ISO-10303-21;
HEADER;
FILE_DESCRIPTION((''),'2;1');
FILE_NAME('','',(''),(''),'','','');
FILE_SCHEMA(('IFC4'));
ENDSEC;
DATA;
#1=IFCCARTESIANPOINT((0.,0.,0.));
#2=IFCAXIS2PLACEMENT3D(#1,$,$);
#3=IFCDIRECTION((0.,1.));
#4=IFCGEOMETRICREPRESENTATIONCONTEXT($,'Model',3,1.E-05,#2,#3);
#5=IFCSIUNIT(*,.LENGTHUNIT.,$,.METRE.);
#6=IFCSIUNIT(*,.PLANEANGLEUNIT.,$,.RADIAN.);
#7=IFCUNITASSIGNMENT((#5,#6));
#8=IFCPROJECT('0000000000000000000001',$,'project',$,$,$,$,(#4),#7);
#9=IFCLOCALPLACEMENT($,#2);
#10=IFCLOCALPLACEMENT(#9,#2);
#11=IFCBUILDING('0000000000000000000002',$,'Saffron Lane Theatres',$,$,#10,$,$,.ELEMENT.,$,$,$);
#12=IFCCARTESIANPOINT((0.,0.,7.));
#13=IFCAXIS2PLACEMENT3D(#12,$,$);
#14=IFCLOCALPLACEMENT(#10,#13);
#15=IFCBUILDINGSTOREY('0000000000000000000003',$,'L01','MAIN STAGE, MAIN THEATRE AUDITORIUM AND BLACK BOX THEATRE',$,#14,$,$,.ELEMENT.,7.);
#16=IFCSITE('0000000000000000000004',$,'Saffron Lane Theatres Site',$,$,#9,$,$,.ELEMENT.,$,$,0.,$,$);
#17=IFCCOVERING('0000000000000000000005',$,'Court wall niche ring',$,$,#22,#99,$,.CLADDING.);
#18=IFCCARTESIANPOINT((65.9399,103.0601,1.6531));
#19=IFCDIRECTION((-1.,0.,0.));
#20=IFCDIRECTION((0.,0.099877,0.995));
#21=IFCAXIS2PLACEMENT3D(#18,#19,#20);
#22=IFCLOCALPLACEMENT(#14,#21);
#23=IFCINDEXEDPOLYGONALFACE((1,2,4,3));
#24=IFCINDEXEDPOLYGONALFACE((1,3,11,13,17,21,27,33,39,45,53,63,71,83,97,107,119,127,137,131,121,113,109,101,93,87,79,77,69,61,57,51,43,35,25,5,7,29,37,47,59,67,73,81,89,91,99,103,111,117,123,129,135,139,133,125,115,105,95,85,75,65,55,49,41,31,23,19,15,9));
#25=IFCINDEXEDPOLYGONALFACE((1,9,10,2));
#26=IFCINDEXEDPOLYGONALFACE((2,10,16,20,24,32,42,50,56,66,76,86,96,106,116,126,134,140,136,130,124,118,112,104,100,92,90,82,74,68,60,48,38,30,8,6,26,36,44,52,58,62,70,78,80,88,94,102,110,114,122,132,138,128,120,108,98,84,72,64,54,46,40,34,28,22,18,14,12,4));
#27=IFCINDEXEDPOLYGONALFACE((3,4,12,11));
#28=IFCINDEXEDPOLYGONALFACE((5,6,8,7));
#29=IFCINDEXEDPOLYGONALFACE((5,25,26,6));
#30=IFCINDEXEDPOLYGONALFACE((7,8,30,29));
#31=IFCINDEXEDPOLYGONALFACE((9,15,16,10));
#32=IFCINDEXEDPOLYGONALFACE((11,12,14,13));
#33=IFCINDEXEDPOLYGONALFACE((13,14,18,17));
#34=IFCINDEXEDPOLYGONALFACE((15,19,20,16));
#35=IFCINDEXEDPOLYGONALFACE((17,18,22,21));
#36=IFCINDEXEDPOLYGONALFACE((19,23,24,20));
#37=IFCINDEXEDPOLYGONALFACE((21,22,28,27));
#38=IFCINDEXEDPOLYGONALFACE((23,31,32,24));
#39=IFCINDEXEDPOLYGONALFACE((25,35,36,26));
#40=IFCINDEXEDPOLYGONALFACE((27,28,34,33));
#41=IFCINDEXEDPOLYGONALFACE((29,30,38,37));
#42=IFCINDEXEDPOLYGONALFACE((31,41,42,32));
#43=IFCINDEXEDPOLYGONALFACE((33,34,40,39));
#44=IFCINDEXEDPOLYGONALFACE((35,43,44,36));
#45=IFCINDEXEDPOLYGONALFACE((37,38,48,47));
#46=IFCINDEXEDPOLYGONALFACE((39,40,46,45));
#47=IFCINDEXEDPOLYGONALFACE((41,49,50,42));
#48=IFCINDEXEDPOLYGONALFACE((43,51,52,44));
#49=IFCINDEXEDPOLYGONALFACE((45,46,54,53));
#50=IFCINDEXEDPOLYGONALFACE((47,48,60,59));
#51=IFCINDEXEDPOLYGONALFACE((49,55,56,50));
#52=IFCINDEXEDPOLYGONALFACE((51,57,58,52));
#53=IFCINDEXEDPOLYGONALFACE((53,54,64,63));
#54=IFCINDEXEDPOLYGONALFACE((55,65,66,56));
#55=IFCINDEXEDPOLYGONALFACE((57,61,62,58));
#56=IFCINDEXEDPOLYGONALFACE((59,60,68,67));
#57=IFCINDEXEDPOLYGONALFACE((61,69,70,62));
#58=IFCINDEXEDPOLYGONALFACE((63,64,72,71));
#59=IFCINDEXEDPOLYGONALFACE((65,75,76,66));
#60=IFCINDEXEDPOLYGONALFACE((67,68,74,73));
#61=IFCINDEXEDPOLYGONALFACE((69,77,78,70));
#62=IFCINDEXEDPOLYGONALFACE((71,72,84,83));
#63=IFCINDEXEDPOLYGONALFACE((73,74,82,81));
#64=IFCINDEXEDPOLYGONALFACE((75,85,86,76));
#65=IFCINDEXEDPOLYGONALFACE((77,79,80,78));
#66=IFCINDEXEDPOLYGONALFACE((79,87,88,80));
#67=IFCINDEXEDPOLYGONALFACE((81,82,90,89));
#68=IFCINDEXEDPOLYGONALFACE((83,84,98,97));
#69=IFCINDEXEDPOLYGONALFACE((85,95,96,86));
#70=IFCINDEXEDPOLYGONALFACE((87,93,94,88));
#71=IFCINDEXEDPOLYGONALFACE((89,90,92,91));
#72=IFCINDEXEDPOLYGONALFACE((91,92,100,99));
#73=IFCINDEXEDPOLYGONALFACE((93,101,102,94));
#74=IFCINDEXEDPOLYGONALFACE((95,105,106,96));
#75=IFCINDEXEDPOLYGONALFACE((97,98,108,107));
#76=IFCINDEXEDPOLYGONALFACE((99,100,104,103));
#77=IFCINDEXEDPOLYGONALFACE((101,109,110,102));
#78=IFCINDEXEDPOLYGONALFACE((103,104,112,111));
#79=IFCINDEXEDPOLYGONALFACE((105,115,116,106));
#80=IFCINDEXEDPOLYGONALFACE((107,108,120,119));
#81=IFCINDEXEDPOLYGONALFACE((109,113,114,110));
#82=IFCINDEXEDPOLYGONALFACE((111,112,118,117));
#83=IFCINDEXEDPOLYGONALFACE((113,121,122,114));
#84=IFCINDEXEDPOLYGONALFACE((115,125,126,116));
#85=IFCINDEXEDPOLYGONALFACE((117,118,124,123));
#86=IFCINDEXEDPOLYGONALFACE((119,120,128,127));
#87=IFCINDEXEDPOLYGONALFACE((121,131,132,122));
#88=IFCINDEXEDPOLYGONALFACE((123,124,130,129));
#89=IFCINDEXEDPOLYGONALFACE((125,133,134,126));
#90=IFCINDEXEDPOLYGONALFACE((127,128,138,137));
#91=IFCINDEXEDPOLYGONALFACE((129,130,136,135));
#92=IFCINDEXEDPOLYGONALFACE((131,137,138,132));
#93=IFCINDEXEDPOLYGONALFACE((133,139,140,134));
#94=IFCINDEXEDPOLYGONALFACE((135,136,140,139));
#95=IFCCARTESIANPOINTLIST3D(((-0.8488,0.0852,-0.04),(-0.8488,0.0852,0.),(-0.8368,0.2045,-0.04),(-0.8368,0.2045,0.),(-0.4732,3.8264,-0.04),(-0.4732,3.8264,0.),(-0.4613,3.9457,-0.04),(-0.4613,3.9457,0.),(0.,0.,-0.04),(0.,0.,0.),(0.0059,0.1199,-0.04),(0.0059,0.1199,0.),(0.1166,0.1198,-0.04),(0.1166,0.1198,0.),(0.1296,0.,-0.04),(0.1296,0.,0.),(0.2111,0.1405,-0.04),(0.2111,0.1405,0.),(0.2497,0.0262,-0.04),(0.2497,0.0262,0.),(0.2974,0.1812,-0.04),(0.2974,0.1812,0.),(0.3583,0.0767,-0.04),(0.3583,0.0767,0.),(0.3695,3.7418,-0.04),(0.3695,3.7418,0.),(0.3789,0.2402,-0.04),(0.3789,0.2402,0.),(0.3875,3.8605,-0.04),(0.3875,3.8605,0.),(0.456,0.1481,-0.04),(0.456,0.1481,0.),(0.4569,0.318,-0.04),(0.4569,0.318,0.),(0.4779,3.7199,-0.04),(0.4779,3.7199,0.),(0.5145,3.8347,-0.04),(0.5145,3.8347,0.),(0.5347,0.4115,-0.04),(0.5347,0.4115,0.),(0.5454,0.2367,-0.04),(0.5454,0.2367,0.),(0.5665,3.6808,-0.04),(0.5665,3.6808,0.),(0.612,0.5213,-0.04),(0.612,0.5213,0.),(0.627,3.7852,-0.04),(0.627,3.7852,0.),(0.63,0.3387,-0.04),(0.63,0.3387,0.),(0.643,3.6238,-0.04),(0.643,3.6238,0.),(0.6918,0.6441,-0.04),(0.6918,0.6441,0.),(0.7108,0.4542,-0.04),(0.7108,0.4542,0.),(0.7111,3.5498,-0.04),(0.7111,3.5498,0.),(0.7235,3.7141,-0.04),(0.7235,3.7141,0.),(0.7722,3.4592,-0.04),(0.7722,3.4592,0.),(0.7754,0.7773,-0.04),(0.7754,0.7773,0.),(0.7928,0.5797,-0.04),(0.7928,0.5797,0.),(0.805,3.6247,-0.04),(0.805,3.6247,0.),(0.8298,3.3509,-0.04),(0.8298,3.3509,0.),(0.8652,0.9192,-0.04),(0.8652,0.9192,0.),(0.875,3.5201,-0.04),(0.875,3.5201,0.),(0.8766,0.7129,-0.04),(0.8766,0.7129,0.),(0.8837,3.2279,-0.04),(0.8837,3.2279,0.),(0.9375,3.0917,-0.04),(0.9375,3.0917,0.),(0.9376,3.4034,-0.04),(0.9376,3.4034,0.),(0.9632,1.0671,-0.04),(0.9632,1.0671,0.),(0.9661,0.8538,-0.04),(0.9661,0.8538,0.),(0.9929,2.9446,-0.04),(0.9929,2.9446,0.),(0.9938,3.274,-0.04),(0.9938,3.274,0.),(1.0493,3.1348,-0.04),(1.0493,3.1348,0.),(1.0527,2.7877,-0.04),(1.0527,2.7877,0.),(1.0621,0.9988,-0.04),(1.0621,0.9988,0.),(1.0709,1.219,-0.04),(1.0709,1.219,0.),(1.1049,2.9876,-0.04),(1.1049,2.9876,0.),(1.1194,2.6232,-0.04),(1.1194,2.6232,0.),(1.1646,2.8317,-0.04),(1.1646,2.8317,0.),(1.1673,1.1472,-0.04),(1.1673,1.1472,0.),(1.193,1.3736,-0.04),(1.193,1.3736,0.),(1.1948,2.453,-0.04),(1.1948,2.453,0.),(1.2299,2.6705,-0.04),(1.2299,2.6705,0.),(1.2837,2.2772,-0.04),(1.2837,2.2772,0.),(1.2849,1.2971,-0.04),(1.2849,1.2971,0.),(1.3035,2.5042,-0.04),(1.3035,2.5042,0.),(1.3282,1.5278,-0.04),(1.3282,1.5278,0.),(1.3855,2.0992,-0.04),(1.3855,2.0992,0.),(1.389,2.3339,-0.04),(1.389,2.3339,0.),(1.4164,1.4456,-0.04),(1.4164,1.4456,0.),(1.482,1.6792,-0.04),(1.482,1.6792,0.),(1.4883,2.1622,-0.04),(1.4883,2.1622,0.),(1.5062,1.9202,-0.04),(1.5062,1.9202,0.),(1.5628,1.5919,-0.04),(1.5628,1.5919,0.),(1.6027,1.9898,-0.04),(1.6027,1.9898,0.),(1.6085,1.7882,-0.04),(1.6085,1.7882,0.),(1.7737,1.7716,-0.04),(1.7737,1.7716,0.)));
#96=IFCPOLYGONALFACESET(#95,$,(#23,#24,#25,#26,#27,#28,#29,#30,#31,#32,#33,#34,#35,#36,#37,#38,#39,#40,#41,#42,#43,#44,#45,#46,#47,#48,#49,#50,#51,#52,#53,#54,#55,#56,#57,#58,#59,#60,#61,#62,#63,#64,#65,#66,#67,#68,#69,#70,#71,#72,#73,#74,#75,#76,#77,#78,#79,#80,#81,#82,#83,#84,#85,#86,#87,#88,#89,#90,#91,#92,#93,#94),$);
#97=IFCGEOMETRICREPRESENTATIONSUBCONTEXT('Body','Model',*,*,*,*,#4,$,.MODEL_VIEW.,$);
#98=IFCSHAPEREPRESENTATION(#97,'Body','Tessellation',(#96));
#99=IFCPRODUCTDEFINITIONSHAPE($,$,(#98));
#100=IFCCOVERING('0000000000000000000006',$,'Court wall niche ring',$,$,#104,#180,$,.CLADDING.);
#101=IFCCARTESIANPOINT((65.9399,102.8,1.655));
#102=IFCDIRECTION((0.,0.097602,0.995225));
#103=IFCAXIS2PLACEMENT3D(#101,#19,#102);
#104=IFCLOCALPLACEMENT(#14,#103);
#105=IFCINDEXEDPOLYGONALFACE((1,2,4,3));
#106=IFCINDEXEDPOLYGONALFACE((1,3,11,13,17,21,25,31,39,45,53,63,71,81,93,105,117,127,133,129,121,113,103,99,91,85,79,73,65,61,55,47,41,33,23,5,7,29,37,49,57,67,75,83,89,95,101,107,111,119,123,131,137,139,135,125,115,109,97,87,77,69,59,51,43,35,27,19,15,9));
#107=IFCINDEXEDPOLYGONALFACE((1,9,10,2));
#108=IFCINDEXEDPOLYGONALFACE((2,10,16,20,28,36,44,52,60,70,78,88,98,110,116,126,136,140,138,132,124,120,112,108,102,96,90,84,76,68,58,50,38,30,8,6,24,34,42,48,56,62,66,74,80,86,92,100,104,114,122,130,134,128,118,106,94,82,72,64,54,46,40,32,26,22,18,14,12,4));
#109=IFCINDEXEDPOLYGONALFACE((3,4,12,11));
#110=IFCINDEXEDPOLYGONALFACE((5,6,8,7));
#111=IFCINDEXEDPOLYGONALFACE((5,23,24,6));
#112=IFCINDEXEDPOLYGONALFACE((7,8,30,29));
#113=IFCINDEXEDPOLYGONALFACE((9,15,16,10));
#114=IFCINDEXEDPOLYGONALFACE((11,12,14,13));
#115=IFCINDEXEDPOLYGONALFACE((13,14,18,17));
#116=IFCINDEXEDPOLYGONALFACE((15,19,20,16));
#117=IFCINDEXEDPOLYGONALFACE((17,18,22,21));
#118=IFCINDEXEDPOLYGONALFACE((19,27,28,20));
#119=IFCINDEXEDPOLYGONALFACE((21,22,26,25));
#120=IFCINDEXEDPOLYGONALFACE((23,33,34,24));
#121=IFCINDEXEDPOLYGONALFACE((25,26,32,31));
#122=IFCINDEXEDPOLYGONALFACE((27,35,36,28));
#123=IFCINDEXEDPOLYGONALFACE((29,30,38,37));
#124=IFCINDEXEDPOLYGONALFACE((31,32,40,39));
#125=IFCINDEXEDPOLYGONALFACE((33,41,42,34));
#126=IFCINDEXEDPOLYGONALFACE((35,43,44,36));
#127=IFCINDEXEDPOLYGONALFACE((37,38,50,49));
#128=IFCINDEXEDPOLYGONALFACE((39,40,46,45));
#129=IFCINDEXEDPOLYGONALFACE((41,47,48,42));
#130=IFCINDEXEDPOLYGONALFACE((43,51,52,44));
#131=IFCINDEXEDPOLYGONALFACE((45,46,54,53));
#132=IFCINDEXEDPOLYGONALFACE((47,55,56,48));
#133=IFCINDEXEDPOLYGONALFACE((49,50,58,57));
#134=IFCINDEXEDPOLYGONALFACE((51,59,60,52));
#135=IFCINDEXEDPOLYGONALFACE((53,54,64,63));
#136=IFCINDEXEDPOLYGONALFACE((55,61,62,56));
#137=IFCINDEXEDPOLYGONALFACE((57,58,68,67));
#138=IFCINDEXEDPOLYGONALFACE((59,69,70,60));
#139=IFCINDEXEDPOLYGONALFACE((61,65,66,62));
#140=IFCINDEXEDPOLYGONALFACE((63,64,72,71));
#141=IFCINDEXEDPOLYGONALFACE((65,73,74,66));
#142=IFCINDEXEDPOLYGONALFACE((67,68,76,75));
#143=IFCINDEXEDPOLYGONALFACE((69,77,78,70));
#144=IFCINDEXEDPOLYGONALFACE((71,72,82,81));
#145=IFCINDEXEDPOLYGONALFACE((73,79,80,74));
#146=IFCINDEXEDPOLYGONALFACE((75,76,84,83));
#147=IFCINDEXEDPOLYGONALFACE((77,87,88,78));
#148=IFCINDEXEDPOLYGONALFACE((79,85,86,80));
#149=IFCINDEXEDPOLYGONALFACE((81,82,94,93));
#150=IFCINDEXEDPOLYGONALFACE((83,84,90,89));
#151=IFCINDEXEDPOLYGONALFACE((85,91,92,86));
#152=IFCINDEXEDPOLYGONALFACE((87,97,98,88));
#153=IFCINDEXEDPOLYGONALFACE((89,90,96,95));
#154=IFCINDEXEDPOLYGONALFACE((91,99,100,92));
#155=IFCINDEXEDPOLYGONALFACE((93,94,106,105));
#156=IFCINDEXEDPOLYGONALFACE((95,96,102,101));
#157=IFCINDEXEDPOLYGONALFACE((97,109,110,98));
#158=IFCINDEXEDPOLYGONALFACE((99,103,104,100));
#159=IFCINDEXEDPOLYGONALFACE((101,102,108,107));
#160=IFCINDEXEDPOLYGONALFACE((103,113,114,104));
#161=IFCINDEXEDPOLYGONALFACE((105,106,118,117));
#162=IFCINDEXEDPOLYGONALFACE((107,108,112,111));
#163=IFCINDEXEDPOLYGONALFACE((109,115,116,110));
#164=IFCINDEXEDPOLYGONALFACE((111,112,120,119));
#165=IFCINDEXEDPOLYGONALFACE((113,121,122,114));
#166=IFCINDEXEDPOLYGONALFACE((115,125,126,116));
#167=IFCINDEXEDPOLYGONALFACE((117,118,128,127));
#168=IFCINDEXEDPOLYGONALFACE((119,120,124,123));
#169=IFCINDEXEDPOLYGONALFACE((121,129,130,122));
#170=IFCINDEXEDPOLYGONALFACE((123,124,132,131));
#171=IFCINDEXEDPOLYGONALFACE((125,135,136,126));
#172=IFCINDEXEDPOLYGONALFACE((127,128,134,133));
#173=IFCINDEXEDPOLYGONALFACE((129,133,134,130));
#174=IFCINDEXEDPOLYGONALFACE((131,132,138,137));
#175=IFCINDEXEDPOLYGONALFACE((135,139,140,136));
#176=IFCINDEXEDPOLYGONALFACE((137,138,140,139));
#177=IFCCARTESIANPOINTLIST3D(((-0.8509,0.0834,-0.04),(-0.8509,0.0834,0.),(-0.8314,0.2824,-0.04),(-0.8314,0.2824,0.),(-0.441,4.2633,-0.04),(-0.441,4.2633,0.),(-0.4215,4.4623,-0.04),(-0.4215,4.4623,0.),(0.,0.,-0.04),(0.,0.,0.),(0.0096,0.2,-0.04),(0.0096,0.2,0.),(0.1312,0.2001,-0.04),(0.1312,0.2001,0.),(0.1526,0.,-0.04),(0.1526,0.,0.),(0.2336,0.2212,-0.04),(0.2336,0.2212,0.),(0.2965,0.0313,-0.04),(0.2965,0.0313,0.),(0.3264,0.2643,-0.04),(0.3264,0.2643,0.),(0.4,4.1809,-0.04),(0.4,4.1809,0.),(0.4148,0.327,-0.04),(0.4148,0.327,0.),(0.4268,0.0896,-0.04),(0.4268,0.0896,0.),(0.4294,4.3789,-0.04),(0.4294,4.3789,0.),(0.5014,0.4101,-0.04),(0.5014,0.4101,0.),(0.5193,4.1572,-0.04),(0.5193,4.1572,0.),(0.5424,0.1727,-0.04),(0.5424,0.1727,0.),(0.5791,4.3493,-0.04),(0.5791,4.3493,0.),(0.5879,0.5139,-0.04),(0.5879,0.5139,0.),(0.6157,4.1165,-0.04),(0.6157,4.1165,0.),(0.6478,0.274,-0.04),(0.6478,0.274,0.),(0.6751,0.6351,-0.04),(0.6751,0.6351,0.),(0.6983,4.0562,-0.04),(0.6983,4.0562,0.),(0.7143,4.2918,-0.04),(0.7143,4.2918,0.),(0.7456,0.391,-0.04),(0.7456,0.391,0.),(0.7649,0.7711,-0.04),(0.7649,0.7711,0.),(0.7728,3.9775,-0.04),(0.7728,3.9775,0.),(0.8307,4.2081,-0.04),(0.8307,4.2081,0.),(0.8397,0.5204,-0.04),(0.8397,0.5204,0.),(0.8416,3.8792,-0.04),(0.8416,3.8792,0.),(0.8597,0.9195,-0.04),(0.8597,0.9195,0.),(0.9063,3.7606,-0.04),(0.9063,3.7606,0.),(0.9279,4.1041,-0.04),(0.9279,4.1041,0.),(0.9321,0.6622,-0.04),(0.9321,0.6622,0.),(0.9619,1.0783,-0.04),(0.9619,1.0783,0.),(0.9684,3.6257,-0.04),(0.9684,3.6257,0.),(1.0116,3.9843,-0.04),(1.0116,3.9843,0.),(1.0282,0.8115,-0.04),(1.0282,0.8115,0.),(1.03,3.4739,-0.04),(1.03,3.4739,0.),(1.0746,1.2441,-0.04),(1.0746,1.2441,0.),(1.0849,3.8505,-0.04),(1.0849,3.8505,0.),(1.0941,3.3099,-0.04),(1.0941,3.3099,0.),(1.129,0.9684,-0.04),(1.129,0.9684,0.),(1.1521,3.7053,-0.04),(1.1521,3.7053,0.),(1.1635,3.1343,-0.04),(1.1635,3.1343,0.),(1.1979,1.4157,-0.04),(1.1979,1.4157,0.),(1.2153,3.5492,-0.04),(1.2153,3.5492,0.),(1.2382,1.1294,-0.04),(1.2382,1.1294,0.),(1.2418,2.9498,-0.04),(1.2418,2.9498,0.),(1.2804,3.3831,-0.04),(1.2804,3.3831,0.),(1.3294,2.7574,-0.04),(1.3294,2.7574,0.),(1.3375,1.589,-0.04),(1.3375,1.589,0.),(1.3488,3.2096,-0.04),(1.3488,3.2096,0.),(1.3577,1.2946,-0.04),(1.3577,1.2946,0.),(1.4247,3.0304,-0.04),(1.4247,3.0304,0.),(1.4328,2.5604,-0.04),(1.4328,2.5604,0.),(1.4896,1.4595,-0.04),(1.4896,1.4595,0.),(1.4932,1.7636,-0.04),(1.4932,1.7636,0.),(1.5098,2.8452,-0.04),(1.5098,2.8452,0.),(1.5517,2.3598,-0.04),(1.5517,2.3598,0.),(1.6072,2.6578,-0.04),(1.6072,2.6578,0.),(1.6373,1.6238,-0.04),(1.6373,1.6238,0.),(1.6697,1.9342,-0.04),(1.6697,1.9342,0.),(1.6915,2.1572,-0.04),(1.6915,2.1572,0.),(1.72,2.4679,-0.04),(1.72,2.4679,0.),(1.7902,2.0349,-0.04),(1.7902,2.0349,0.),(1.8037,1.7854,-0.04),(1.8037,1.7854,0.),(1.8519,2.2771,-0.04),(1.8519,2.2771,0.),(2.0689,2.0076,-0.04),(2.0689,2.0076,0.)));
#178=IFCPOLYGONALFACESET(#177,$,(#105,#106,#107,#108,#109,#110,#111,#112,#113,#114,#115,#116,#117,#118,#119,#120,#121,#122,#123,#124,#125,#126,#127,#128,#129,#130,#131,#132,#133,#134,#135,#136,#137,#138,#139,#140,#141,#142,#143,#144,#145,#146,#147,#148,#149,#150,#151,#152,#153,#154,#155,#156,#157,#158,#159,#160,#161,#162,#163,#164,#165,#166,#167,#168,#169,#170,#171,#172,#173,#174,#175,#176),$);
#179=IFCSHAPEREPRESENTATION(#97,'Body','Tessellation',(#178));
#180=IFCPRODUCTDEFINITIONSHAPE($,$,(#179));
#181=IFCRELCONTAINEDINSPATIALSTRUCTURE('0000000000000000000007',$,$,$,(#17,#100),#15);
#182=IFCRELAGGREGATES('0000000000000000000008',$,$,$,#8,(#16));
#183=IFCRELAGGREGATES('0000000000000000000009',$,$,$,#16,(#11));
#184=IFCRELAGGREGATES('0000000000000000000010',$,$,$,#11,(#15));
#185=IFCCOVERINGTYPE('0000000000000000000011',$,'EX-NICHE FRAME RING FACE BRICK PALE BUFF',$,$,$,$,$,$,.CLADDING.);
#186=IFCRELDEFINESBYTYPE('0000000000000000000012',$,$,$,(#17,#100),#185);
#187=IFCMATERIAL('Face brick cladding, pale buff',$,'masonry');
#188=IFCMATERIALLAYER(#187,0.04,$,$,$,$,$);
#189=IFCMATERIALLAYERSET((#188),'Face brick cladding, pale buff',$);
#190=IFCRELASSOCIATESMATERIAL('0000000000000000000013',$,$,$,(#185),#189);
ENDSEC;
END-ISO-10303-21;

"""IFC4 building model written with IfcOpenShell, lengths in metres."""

from ifc_helpers import new_model, si_unit, direction, frame, origin, place, context, subcontext, project, spatial, polyline, outline, extrude, material, layer, layer_set, type_object, element, save


model = new_model("IFC4")

# Units and contexts
model_context = context("Model", 3, precision=1e-05, world=origin(), true_north=direction((0.0, 1.0)))
body_context = subcontext(model_context, "Body", "Model", "MODEL_VIEW")
ifc_project = project(units=[si_unit("LENGTHUNIT", "METRE"), si_unit("PLANEANGLEUNIT", "RADIAN")], contexts=[model_context])

# Site, building, storey
site_placement = place(None, origin())
site = spatial("IfcSite", under=ifc_project, at=site_placement, Name="Saffron Lane Theatres Site", CompositionType="ELEMENT", RefElevation=0.0)
building_placement = place(site_placement, origin())
building = spatial("IfcBuilding", under=site, at=building_placement, Name="Saffron Lane Theatres", CompositionType="ELEMENT")
storey_placement = place(building_placement, frame((0.0, 0.0, 7.0)))
storey = spatial("IfcBuildingStorey", under=building, at=storey_placement, Name="L01", Description="MAIN STAGE, MAIN THEATRE AUDITORIUM AND BLACK BOX THEATRE", CompositionType="ELEMENT", Elevation=7.0)

# Coverings
ifc_material_1 = material(Name="Face brick cladding, pale buff", Category="masonry")
ifc_layer_1 = layer(ifc_material_1, 0.04)
ifc_layer_set_1 = layer_set([ifc_layer_1], Name="Face brick cladding, pale buff")
covering_type_1 = type_object("IfcCoveringType", Name="EX-NICHE FRAME RING FACE BRICK PALE BUFF", PredefinedType="CLADDING", material=ifc_layer_set_1)
covering_1_placement = place(storey_placement, frame((65.9399, 103.0601, 1.6531), z_axis=(-1.0, 0.0, 0.0), x_axis=(0.0, 0.099877, 0.995)))
element("IfcCovering", 1, at=covering_1_placement, inside=storey, type_object=covering_type_1, Name="Court wall niche ring", PredefinedType="CLADDING", context=body_context, shape_type="SweptSolid", body=[
    extrude(outline(polyline([(0.0, 0.0), (0.1296, 0.0), (0.2497, 0.0262), (0.3583, 0.0767), (0.456, 0.1481), (0.5454, 0.2367), (0.63, 0.3387), (0.7108, 0.4542), (0.7928, 0.5797), (0.8766, 0.7129), (0.9661, 0.8538), (1.0621, 0.9988), (1.1673, 1.1472), (1.2849, 1.2971), (1.4164, 1.4456), (1.5628, 1.5919), (1.7737, 1.7716), (1.6027, 1.9898), (1.4883, 2.1622), (1.389, 2.3339), (1.3035, 2.5042), (1.2299, 2.6705), (1.1646, 2.8317), (1.1049, 2.9876), (1.0493, 3.1348), (0.9938, 3.274), (0.9376, 3.4034), (0.875, 3.5201), (0.805, 3.6247), (0.7235, 3.7141), (0.627, 3.7852), (0.5145, 3.8347), (0.3875, 3.8605), (-0.4613, 3.9457), (-0.4732, 3.8264), (0.3695, 3.7418), (0.4779, 3.7199), (0.5665, 3.6808), (0.643, 3.6238), (0.7111, 3.5498), (0.7722, 3.4592), (0.8298, 3.3509), (0.8837, 3.2279), (0.9375, 3.0917), (0.9929, 2.9446), (1.0527, 2.7877), (1.1194, 2.6232), (1.1948, 2.453), (1.2837, 2.2772), (1.3855, 2.0992), (1.5062, 1.9202), (1.6085, 1.7882), (1.482, 1.6792), (1.3282, 1.5278), (1.193, 1.3736), (1.0709, 1.219), (0.9632, 1.0671), (0.8652, 0.9192), (0.7754, 0.7773), (0.6918, 0.6441), (0.612, 0.5213), (0.5347, 0.4115), (0.4569, 0.318), (0.3789, 0.2402), (0.2974, 0.1812), (0.2111, 0.1405), (0.1166, 0.1198), (0.0059, 0.1199), (-0.8368, 0.2045), (-0.8488, 0.0852), (0.0, 0.0)])), origin(), (0.0, 0.0, -1.0), 0.04),
])
covering_2_placement = place(storey_placement, frame((65.9399, 102.8, 1.655), z_axis=(-1.0, 0.0, 0.0), x_axis=(0.0, 0.097602, 0.995225)))
element("IfcCovering", 2, at=covering_2_placement, inside=storey, type_object=covering_type_1, Name="Court wall niche ring", PredefinedType="CLADDING", context=body_context, shape_type="SweptSolid", body=[
    extrude(outline(polyline([(0.0, 0.0), (0.1526, 0.0), (0.2965, 0.0313), (0.4268, 0.0896), (0.5424, 0.1727), (0.6478, 0.274), (0.7456, 0.391), (0.8397, 0.5204), (0.9321, 0.6622), (1.0282, 0.8115), (1.129, 0.9684), (1.2382, 1.1294), (1.3577, 1.2946), (1.4896, 1.4595), (1.6373, 1.6238), (1.8037, 1.7854), (2.0689, 2.0076), (1.8519, 2.2771), (1.72, 2.4679), (1.6072, 2.6578), (1.5098, 2.8452), (1.4247, 3.0304), (1.3488, 3.2096), (1.2804, 3.3831), (1.2153, 3.5492), (1.1521, 3.7053), (1.0849, 3.8505), (1.0116, 3.9843), (0.9279, 4.1041), (0.8307, 4.2081), (0.7143, 4.2918), (0.5791, 4.3493), (0.4294, 4.3789), (-0.4215, 4.4623), (-0.441, 4.2633), (0.4, 4.1809), (0.5193, 4.1572), (0.6157, 4.1165), (0.6983, 4.0562), (0.7728, 3.9775), (0.8416, 3.8792), (0.9063, 3.7606), (0.9684, 3.6257), (1.03, 3.4739), (1.0941, 3.3099), (1.1635, 3.1343), (1.2418, 2.9498), (1.3294, 2.7574), (1.4328, 2.5604), (1.5517, 2.3598), (1.6915, 2.1572), (1.7902, 2.0349), (1.6697, 1.9342), (1.4932, 1.7636), (1.3375, 1.589), (1.1979, 1.4157), (1.0746, 1.2441), (0.9619, 1.0783), (0.8597, 0.9195), (0.7649, 0.7711), (0.6751, 0.6351), (0.5879, 0.5139), (0.5014, 0.4101), (0.4148, 0.327), (0.3264, 0.2643), (0.2336, 0.2212), (0.1312, 0.2001), (0.0096, 0.2), (-0.8314, 0.2824), (-0.8509, 0.0834), (0.0, 0.0)])), origin(), (0.0, 0.0, -1.0), 0.04),
])

save(model, "model.ifc")
